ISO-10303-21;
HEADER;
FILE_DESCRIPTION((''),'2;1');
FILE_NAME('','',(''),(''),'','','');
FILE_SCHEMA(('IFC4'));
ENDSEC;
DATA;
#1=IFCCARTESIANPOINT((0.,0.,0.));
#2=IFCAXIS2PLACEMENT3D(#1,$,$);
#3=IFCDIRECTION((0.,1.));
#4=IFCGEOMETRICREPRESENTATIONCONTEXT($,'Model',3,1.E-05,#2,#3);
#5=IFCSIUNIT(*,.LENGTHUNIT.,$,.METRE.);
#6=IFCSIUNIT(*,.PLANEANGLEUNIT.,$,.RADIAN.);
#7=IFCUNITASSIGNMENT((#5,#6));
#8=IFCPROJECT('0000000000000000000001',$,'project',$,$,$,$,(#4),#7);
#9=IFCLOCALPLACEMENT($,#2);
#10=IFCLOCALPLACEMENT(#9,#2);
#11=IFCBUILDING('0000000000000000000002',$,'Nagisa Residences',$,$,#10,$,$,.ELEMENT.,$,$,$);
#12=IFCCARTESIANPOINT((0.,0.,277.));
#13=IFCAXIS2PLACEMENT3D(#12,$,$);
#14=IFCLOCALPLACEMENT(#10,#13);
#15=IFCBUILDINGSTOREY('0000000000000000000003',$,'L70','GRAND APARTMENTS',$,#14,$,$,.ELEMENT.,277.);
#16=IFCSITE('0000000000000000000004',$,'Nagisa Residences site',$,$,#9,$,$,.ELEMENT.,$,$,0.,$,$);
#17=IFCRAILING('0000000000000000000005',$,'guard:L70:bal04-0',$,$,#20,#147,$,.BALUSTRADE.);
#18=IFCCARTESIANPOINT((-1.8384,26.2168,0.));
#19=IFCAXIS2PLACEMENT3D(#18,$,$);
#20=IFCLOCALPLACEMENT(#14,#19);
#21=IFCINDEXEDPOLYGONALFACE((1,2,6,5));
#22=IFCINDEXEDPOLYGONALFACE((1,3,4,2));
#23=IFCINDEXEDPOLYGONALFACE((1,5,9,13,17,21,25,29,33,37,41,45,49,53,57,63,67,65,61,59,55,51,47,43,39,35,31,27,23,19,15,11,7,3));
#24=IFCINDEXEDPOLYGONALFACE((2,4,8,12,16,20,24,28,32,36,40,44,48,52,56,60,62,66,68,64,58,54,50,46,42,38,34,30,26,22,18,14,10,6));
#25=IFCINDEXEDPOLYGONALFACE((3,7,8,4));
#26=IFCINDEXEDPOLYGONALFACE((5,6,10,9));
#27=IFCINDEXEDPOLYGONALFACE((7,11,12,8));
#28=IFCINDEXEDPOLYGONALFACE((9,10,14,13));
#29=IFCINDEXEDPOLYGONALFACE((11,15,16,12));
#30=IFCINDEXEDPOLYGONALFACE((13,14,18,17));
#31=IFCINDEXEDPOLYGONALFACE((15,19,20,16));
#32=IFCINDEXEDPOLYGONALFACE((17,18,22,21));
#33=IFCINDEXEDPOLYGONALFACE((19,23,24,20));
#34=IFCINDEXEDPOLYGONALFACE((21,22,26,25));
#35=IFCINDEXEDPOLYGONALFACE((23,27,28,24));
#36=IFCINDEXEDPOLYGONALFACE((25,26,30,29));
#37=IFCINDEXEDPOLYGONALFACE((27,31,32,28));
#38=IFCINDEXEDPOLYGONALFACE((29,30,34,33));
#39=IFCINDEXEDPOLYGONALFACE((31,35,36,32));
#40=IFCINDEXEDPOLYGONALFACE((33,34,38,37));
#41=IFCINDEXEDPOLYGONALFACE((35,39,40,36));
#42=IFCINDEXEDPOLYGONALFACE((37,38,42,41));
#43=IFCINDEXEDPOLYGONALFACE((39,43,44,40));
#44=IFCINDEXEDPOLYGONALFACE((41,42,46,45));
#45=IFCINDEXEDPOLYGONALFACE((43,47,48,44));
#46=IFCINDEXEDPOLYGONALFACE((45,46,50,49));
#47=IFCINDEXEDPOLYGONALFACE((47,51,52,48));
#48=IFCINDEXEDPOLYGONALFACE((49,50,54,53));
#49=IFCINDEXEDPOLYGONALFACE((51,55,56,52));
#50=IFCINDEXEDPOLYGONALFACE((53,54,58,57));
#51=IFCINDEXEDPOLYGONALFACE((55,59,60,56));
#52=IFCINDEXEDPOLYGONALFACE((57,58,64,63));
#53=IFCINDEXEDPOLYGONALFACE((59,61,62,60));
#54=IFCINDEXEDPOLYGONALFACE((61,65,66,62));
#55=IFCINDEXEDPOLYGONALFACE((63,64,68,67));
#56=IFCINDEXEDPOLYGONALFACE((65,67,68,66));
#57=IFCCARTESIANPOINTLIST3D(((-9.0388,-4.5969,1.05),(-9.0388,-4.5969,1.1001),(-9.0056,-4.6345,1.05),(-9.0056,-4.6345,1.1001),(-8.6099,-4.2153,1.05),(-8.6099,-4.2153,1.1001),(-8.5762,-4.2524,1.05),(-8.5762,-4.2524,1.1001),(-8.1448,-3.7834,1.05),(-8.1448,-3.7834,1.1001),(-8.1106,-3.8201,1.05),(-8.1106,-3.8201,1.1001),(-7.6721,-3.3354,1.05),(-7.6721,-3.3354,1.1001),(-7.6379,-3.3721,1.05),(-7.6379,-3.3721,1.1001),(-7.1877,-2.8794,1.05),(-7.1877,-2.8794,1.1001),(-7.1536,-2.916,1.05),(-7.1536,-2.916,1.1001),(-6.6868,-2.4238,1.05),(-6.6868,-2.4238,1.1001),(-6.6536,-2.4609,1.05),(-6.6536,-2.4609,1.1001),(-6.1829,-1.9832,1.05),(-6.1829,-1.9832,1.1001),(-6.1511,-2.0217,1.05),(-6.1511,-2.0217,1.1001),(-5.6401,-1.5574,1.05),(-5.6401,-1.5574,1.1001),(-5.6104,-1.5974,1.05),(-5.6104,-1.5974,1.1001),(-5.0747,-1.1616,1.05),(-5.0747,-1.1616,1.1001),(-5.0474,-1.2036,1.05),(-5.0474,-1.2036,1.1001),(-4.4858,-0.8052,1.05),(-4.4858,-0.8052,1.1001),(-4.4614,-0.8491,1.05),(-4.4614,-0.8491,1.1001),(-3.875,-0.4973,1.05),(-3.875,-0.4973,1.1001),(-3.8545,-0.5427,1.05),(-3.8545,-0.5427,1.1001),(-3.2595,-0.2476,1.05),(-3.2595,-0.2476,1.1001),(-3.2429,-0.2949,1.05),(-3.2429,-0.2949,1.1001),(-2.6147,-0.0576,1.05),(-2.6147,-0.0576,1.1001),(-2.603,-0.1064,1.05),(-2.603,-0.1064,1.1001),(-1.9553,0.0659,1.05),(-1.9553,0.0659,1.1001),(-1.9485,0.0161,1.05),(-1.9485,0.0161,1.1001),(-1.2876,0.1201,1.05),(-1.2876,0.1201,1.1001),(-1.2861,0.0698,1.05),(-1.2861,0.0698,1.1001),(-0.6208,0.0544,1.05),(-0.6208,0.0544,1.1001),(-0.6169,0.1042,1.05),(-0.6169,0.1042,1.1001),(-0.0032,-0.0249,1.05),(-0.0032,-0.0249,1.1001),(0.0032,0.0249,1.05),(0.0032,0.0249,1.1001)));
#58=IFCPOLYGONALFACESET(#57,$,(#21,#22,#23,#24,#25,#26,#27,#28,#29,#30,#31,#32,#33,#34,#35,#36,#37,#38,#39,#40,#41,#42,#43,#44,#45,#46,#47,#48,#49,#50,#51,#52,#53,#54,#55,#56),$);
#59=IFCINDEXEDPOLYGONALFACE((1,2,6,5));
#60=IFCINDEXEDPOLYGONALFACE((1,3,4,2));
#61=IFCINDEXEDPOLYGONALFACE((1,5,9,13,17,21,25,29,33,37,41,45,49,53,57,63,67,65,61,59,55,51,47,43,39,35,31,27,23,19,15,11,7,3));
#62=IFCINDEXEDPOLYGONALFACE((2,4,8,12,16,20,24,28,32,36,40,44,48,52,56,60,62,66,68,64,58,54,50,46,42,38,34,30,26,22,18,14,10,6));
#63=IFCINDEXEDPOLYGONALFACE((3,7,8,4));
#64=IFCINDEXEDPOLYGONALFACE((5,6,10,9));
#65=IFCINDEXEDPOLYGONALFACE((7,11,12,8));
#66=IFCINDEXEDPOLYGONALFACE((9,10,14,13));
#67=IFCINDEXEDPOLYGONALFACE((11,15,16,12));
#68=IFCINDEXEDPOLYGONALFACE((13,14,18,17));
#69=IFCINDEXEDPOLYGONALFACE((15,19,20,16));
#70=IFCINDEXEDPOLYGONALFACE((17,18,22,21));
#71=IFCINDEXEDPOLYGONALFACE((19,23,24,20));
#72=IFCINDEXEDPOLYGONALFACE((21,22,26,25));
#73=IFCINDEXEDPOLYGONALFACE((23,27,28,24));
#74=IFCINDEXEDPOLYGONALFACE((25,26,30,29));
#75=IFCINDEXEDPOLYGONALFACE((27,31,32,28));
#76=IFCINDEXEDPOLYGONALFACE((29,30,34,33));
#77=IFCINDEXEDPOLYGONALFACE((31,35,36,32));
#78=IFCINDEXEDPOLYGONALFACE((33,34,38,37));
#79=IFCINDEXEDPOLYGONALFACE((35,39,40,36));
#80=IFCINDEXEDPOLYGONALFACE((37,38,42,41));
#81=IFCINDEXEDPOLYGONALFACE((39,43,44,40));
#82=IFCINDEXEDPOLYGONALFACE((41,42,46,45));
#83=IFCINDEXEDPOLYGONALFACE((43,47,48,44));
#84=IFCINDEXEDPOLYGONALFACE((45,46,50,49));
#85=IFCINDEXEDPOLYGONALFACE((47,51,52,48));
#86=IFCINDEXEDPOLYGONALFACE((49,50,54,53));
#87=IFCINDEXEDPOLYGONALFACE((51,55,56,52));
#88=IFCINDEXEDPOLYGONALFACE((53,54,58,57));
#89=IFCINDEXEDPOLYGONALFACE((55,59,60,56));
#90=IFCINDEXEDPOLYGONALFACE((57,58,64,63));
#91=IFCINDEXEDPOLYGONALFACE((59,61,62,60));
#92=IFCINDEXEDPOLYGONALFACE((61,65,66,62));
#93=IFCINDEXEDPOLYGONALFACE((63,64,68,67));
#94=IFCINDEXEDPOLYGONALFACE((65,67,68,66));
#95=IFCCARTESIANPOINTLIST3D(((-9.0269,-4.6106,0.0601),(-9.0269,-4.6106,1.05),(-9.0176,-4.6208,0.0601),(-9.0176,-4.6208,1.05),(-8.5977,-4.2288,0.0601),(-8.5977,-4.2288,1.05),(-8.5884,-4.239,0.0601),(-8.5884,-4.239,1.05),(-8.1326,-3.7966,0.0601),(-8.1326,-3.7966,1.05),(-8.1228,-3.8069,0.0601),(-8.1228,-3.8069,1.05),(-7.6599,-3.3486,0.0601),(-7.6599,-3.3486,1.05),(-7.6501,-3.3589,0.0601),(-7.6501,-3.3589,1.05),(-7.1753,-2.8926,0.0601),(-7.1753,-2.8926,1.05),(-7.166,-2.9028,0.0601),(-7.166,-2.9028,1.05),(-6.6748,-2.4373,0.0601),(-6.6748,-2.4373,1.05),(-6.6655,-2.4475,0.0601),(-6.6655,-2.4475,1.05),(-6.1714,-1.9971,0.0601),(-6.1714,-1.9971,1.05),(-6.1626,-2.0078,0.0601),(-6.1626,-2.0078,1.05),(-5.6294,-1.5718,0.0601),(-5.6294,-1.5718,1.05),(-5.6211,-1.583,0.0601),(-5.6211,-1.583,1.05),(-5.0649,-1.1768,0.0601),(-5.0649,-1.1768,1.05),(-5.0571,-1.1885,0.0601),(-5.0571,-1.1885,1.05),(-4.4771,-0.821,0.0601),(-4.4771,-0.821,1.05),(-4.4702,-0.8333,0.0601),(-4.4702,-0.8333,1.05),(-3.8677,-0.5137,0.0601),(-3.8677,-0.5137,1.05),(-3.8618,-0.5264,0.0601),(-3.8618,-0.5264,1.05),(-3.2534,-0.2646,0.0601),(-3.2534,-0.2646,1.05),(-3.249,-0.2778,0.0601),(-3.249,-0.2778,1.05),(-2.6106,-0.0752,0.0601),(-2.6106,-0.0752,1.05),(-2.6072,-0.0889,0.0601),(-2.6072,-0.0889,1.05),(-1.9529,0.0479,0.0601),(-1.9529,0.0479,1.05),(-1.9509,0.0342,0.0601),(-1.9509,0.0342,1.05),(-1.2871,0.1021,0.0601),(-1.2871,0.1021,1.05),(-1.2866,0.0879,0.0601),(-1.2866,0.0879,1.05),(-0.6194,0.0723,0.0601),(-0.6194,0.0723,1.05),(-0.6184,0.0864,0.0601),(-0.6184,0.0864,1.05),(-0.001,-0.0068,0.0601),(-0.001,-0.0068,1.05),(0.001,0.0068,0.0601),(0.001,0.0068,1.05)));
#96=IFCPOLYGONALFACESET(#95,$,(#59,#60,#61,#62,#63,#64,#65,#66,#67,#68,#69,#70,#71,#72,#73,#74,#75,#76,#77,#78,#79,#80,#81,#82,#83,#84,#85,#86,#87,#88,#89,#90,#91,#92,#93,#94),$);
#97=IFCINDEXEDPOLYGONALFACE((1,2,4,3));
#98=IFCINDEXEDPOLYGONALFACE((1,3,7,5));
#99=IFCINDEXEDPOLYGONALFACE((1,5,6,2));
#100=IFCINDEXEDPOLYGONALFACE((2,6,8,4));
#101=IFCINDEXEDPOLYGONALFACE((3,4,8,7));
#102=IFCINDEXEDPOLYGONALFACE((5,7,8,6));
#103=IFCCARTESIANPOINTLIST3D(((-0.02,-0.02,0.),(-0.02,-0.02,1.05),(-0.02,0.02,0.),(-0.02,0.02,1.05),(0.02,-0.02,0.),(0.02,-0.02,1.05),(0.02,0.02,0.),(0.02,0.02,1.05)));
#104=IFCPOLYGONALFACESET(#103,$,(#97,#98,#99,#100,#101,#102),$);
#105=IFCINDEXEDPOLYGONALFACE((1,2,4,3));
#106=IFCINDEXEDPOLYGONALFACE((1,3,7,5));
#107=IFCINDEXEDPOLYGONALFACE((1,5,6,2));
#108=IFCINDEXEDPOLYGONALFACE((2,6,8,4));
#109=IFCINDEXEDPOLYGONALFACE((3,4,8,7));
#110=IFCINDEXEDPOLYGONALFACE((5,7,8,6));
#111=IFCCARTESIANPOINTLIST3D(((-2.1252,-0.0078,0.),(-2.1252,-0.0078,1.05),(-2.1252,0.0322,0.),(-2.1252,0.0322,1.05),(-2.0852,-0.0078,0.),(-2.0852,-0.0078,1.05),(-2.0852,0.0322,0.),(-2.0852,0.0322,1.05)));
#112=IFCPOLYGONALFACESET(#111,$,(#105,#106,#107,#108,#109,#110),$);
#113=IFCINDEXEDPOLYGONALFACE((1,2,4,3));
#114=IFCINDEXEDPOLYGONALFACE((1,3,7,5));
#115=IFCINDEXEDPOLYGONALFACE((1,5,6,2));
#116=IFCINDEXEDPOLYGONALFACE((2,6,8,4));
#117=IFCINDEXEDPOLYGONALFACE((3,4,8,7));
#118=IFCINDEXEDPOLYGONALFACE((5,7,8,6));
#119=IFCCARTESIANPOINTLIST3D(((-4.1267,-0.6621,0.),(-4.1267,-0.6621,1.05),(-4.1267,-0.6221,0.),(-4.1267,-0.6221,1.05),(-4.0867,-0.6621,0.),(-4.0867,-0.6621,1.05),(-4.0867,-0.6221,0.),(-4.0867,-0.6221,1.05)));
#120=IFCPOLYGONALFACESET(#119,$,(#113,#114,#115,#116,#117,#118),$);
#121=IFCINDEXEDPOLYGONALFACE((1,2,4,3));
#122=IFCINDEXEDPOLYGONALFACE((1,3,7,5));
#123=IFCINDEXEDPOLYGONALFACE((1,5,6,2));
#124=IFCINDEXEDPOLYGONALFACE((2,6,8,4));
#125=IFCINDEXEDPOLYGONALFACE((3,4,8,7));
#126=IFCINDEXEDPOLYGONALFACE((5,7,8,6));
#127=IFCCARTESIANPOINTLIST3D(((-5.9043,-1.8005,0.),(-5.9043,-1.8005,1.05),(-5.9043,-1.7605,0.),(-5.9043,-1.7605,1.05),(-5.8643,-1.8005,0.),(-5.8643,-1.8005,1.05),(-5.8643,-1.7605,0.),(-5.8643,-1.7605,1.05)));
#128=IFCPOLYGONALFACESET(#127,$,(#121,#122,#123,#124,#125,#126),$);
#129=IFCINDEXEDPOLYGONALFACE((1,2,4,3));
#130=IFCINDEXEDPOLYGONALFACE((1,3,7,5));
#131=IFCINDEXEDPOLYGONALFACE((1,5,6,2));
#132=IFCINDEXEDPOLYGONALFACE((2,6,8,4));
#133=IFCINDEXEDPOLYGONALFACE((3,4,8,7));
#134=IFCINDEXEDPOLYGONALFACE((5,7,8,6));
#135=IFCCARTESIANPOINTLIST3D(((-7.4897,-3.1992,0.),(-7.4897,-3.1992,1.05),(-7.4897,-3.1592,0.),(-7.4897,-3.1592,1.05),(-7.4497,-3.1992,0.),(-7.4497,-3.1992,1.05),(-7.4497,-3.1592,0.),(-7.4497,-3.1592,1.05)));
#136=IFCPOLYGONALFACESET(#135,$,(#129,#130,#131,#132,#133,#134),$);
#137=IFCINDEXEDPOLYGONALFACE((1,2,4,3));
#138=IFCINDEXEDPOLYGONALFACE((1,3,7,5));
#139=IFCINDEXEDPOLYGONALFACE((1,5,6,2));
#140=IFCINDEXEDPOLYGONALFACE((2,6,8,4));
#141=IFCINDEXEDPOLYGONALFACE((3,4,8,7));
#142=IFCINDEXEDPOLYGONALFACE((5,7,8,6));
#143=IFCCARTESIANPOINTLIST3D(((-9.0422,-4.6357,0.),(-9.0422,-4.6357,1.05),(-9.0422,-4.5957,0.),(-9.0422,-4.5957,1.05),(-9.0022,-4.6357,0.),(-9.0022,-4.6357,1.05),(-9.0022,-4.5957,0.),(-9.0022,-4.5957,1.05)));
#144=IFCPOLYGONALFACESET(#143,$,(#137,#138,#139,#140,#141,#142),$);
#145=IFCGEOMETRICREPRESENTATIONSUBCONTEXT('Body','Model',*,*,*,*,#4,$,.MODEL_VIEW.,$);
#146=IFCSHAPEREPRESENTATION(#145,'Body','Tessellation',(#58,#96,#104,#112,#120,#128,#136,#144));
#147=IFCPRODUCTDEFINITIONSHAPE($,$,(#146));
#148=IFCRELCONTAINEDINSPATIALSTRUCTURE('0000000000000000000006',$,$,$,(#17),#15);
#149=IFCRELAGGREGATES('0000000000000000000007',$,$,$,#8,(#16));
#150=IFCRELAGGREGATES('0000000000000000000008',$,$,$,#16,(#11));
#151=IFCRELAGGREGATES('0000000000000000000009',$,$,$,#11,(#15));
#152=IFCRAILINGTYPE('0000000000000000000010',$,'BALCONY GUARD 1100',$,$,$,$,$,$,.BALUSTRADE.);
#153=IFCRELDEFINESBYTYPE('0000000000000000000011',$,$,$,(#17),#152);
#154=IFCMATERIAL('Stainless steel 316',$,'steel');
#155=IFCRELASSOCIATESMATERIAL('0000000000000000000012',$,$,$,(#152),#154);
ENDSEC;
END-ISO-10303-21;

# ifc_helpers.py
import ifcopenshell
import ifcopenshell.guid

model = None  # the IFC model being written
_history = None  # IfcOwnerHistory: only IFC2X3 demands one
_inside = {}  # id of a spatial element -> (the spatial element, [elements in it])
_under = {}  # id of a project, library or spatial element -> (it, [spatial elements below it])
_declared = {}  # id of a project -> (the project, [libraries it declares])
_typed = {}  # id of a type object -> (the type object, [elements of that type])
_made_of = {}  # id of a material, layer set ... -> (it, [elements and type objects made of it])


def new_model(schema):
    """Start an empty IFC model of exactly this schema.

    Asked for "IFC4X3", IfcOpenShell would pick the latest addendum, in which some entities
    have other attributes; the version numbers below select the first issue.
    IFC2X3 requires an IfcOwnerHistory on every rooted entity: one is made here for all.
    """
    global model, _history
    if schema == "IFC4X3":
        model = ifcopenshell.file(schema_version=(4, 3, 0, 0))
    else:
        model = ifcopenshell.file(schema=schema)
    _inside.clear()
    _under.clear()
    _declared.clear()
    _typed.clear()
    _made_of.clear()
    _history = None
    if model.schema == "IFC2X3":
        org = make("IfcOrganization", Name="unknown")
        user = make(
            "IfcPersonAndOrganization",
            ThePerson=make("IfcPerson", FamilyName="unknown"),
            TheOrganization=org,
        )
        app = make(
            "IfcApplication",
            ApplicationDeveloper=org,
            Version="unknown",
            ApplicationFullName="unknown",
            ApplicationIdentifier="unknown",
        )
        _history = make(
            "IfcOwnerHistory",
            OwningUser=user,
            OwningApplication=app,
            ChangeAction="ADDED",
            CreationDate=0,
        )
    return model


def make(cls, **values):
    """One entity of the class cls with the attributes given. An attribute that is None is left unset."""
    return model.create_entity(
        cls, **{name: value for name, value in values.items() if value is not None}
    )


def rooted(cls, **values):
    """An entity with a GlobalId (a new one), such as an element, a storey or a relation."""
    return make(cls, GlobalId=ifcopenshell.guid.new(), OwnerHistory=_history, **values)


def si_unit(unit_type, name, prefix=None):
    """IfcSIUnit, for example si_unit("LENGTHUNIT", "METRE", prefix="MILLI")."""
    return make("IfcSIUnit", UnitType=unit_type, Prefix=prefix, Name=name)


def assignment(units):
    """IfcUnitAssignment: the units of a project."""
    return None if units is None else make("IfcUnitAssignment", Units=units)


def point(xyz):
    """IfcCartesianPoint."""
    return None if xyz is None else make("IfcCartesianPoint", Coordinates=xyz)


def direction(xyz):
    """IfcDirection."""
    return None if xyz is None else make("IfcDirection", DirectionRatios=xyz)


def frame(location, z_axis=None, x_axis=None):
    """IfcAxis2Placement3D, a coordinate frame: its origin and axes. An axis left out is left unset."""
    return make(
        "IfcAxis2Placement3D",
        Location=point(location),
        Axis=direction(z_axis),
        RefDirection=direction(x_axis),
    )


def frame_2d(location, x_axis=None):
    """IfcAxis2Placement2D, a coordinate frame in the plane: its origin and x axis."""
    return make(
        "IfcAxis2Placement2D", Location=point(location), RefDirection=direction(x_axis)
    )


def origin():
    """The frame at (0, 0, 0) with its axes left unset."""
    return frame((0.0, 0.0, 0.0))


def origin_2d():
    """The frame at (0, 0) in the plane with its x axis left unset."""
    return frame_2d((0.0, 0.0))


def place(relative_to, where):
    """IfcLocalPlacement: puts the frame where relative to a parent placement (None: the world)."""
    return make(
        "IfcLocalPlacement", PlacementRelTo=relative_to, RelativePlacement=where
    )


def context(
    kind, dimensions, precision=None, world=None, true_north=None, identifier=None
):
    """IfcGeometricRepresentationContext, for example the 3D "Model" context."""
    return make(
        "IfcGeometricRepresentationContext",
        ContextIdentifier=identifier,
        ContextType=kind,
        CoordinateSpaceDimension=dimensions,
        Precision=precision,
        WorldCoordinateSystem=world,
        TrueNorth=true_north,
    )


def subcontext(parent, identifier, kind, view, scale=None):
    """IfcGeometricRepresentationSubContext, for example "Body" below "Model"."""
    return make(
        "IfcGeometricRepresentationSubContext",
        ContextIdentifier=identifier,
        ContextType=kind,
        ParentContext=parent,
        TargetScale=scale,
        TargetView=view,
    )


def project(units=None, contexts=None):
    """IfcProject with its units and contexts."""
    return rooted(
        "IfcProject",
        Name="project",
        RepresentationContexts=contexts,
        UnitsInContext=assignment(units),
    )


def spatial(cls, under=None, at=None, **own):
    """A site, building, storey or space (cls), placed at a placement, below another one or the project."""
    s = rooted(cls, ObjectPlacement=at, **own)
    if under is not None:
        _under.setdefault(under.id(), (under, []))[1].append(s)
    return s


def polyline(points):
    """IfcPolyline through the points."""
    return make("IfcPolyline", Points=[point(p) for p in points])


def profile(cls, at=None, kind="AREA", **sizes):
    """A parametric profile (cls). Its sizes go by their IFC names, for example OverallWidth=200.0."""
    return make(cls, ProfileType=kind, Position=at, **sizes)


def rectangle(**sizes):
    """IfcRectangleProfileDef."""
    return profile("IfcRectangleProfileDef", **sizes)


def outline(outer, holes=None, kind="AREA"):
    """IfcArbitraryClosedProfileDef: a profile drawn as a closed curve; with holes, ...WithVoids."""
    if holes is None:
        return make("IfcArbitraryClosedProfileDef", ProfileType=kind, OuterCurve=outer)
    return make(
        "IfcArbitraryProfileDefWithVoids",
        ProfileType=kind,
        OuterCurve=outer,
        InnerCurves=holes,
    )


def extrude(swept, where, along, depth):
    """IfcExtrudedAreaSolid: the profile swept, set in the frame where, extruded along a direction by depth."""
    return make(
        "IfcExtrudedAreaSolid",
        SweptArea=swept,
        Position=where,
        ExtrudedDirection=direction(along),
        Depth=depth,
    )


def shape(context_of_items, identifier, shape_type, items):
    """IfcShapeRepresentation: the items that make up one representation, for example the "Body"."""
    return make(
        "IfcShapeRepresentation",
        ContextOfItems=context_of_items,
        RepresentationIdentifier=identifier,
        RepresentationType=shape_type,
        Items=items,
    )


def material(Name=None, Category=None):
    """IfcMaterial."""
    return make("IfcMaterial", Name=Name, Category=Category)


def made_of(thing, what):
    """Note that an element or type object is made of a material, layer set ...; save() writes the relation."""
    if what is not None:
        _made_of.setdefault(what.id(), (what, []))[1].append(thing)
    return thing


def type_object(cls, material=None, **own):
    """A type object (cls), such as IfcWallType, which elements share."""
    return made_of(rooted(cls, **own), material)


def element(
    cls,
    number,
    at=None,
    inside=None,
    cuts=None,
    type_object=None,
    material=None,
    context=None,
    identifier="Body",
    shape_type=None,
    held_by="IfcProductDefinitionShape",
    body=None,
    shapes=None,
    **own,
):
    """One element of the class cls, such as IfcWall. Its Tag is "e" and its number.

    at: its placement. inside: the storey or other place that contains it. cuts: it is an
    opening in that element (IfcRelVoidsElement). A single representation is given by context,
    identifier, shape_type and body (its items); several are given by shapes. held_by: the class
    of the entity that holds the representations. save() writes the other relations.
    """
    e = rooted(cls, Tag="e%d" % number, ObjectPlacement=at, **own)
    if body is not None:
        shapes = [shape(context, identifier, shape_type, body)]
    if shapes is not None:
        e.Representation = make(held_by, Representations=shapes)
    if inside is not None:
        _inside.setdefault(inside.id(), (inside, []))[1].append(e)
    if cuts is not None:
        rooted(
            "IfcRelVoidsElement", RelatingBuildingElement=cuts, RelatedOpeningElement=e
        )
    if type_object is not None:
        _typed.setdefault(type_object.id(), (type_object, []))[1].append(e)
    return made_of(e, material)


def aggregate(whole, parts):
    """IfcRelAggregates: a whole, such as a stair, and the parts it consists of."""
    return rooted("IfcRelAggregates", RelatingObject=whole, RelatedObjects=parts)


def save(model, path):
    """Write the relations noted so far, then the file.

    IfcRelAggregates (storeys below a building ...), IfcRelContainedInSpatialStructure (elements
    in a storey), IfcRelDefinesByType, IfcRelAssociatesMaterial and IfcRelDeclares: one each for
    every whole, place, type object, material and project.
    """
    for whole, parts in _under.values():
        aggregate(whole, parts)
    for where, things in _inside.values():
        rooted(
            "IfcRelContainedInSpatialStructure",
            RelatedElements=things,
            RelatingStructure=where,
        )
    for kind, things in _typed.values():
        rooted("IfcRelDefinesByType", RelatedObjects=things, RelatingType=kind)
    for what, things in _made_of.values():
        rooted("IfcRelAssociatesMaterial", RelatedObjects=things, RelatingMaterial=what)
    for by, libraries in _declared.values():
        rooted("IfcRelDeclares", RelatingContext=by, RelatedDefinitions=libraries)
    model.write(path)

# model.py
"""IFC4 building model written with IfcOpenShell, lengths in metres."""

from ifc_helpers import new_model, si_unit, direction, frame, origin, origin_2d, place, context, subcontext, project, spatial, polyline, rectangle, outline, extrude, material, type_object, element, save


model = new_model("IFC4")

# Units and contexts
model_context = context("Model", 3, precision=1e-05, world=origin(), true_north=direction((0.0, 1.0)))
body_context = subcontext(model_context, "Body", "Model", "MODEL_VIEW")
ifc_project = project(units=[si_unit("LENGTHUNIT", "METRE"), si_unit("PLANEANGLEUNIT", "RADIAN")], contexts=[model_context])

# Site, building, storey
site_placement = place(None, origin())
site = spatial("IfcSite", under=ifc_project, at=site_placement, Name="Nagisa Residences site", CompositionType="ELEMENT", RefElevation=0.0)
building_placement = place(site_placement, origin())
building = spatial("IfcBuilding", under=site, at=building_placement, Name="Nagisa Residences", CompositionType="ELEMENT")
storey_placement = place(building_placement, frame((0.0, 0.0, 277.0)))
storey = spatial("IfcBuildingStorey", under=building, at=storey_placement, Name="L70", Description="GRAND APARTMENTS", CompositionType="ELEMENT", Elevation=277.0)

# Railing
ifc_material_1 = material(Name="Stainless steel 316", Category="steel")
railing_type = type_object("IfcRailingType", Name="BALCONY GUARD 1100", PredefinedType="BALUSTRADE", material=ifc_material_1)
railing_placement = place(storey_placement, frame((-1.8384, 26.2168, 0.0)))
element("IfcRailing", 1, at=railing_placement, inside=storey, type_object=railing_type, Name="guard:L70:bal04-0", PredefinedType="BALUSTRADE", context=body_context, shape_type="SweptSolid", body=[
    extrude(outline(polyline([(-0.6208, 0.0544), (-0.0032, -0.0249), (0.0032, 0.0249), (-0.6169, 0.1042), (-1.2876, 0.1201), (-1.9553, 0.0659), (-2.6147, -0.0576), (-3.2595, -0.2476), (-3.875, -0.4973), (-4.4858, -0.8052), (-5.0747, -1.1616), (-5.6401, -1.5574), (-6.1829, -1.9832), (-6.6868, -2.4238), (-7.1877, -2.8794), (-7.6721, -3.3354), (-8.1448, -3.7834), (-8.6099, -4.2153), (-9.0388, -4.5969), (-9.0056, -4.6345), (-8.5762, -4.2524), (-8.1106, -3.8201), (-7.6379, -3.3721), (-7.1536, -2.916), (-6.6536, -2.4609), (-6.1511, -2.0217), (-5.6104, -1.5974), (-5.0474, -1.2036), (-4.4614, -0.8491), (-3.8545, -0.5427), (-3.2429, -0.2949), (-2.603, -0.1064), (-1.9485, 0.0161), (-1.2861, 0.0698), (-0.6208, 0.0544)])), frame((0.0, 0.0, 1.05)), (0.0, 0.0, 1.0), 0.05),
    extrude(outline(polyline([(-0.6194, 0.0723), (-0.001, -0.0068), (0.001, 0.0068), (-0.6184, 0.0864), (-1.2871, 0.1021), (-1.9529, 0.0479), (-2.6106, -0.0752), (-3.2534, -0.2646), (-3.8677, -0.5137), (-4.4771, -0.821), (-5.0649, -1.1768), (-5.6294, -1.5718), (-6.1714, -1.9971), (-6.6748, -2.4373), (-7.1753, -2.8926), (-7.6599, -3.3486), (-8.1326, -3.7966), (-8.5977, -4.2288), (-9.0269, -4.6106), (-9.0176, -4.6208), (-8.5884, -4.239), (-8.1228, -3.8069), (-7.6501, -3.3589), (-7.166, -2.9028), (-6.6655, -2.4475), (-6.1626, -2.0078), (-5.6211, -1.583), (-5.0571, -1.1885), (-4.4702, -0.8333), (-3.8618, -0.5264), (-3.249, -0.2778), (-2.6072, -0.0889), (-1.9509, 0.0342), (-1.2866, 0.0879), (-0.6194, 0.0723)])), frame((0.0, 0.0, 0.0601)), (0.0, 0.0, 1.0), 0.99),
    extrude(rectangle(XDim=0.04, YDim=0.04, at=origin_2d()), origin(), (0.0, 0.0, 1.0), 1.05),
    extrude(rectangle(XDim=0.04, YDim=0.04, at=origin_2d()), frame((-2.1052, 0.0122, 0.0)), (0.0, 0.0, 1.0), 1.05),
    extrude(rectangle(XDim=0.04, YDim=0.04, at=origin_2d()), frame((-4.1067, -0.6421, 0.0)), (0.0, 0.0, 1.0), 1.05),
    extrude(rectangle(XDim=0.04, YDim=0.04, at=origin_2d()), frame((-5.8843, -1.7805, 0.0)), (0.0, 0.0, 1.0), 1.05),
    extrude(rectangle(XDim=0.04, YDim=0.04, at=origin_2d()), frame((-7.4697, -3.1792, 0.0)), (0.0, 0.0, 1.0), 1.05),
    extrude(rectangle(XDim=0.04, YDim=0.04, at=origin_2d()), frame((-9.0222, -4.6157, 0.0)), (0.0, 0.0, 1.0), 1.05),
])

save(model, "model.ifc")
